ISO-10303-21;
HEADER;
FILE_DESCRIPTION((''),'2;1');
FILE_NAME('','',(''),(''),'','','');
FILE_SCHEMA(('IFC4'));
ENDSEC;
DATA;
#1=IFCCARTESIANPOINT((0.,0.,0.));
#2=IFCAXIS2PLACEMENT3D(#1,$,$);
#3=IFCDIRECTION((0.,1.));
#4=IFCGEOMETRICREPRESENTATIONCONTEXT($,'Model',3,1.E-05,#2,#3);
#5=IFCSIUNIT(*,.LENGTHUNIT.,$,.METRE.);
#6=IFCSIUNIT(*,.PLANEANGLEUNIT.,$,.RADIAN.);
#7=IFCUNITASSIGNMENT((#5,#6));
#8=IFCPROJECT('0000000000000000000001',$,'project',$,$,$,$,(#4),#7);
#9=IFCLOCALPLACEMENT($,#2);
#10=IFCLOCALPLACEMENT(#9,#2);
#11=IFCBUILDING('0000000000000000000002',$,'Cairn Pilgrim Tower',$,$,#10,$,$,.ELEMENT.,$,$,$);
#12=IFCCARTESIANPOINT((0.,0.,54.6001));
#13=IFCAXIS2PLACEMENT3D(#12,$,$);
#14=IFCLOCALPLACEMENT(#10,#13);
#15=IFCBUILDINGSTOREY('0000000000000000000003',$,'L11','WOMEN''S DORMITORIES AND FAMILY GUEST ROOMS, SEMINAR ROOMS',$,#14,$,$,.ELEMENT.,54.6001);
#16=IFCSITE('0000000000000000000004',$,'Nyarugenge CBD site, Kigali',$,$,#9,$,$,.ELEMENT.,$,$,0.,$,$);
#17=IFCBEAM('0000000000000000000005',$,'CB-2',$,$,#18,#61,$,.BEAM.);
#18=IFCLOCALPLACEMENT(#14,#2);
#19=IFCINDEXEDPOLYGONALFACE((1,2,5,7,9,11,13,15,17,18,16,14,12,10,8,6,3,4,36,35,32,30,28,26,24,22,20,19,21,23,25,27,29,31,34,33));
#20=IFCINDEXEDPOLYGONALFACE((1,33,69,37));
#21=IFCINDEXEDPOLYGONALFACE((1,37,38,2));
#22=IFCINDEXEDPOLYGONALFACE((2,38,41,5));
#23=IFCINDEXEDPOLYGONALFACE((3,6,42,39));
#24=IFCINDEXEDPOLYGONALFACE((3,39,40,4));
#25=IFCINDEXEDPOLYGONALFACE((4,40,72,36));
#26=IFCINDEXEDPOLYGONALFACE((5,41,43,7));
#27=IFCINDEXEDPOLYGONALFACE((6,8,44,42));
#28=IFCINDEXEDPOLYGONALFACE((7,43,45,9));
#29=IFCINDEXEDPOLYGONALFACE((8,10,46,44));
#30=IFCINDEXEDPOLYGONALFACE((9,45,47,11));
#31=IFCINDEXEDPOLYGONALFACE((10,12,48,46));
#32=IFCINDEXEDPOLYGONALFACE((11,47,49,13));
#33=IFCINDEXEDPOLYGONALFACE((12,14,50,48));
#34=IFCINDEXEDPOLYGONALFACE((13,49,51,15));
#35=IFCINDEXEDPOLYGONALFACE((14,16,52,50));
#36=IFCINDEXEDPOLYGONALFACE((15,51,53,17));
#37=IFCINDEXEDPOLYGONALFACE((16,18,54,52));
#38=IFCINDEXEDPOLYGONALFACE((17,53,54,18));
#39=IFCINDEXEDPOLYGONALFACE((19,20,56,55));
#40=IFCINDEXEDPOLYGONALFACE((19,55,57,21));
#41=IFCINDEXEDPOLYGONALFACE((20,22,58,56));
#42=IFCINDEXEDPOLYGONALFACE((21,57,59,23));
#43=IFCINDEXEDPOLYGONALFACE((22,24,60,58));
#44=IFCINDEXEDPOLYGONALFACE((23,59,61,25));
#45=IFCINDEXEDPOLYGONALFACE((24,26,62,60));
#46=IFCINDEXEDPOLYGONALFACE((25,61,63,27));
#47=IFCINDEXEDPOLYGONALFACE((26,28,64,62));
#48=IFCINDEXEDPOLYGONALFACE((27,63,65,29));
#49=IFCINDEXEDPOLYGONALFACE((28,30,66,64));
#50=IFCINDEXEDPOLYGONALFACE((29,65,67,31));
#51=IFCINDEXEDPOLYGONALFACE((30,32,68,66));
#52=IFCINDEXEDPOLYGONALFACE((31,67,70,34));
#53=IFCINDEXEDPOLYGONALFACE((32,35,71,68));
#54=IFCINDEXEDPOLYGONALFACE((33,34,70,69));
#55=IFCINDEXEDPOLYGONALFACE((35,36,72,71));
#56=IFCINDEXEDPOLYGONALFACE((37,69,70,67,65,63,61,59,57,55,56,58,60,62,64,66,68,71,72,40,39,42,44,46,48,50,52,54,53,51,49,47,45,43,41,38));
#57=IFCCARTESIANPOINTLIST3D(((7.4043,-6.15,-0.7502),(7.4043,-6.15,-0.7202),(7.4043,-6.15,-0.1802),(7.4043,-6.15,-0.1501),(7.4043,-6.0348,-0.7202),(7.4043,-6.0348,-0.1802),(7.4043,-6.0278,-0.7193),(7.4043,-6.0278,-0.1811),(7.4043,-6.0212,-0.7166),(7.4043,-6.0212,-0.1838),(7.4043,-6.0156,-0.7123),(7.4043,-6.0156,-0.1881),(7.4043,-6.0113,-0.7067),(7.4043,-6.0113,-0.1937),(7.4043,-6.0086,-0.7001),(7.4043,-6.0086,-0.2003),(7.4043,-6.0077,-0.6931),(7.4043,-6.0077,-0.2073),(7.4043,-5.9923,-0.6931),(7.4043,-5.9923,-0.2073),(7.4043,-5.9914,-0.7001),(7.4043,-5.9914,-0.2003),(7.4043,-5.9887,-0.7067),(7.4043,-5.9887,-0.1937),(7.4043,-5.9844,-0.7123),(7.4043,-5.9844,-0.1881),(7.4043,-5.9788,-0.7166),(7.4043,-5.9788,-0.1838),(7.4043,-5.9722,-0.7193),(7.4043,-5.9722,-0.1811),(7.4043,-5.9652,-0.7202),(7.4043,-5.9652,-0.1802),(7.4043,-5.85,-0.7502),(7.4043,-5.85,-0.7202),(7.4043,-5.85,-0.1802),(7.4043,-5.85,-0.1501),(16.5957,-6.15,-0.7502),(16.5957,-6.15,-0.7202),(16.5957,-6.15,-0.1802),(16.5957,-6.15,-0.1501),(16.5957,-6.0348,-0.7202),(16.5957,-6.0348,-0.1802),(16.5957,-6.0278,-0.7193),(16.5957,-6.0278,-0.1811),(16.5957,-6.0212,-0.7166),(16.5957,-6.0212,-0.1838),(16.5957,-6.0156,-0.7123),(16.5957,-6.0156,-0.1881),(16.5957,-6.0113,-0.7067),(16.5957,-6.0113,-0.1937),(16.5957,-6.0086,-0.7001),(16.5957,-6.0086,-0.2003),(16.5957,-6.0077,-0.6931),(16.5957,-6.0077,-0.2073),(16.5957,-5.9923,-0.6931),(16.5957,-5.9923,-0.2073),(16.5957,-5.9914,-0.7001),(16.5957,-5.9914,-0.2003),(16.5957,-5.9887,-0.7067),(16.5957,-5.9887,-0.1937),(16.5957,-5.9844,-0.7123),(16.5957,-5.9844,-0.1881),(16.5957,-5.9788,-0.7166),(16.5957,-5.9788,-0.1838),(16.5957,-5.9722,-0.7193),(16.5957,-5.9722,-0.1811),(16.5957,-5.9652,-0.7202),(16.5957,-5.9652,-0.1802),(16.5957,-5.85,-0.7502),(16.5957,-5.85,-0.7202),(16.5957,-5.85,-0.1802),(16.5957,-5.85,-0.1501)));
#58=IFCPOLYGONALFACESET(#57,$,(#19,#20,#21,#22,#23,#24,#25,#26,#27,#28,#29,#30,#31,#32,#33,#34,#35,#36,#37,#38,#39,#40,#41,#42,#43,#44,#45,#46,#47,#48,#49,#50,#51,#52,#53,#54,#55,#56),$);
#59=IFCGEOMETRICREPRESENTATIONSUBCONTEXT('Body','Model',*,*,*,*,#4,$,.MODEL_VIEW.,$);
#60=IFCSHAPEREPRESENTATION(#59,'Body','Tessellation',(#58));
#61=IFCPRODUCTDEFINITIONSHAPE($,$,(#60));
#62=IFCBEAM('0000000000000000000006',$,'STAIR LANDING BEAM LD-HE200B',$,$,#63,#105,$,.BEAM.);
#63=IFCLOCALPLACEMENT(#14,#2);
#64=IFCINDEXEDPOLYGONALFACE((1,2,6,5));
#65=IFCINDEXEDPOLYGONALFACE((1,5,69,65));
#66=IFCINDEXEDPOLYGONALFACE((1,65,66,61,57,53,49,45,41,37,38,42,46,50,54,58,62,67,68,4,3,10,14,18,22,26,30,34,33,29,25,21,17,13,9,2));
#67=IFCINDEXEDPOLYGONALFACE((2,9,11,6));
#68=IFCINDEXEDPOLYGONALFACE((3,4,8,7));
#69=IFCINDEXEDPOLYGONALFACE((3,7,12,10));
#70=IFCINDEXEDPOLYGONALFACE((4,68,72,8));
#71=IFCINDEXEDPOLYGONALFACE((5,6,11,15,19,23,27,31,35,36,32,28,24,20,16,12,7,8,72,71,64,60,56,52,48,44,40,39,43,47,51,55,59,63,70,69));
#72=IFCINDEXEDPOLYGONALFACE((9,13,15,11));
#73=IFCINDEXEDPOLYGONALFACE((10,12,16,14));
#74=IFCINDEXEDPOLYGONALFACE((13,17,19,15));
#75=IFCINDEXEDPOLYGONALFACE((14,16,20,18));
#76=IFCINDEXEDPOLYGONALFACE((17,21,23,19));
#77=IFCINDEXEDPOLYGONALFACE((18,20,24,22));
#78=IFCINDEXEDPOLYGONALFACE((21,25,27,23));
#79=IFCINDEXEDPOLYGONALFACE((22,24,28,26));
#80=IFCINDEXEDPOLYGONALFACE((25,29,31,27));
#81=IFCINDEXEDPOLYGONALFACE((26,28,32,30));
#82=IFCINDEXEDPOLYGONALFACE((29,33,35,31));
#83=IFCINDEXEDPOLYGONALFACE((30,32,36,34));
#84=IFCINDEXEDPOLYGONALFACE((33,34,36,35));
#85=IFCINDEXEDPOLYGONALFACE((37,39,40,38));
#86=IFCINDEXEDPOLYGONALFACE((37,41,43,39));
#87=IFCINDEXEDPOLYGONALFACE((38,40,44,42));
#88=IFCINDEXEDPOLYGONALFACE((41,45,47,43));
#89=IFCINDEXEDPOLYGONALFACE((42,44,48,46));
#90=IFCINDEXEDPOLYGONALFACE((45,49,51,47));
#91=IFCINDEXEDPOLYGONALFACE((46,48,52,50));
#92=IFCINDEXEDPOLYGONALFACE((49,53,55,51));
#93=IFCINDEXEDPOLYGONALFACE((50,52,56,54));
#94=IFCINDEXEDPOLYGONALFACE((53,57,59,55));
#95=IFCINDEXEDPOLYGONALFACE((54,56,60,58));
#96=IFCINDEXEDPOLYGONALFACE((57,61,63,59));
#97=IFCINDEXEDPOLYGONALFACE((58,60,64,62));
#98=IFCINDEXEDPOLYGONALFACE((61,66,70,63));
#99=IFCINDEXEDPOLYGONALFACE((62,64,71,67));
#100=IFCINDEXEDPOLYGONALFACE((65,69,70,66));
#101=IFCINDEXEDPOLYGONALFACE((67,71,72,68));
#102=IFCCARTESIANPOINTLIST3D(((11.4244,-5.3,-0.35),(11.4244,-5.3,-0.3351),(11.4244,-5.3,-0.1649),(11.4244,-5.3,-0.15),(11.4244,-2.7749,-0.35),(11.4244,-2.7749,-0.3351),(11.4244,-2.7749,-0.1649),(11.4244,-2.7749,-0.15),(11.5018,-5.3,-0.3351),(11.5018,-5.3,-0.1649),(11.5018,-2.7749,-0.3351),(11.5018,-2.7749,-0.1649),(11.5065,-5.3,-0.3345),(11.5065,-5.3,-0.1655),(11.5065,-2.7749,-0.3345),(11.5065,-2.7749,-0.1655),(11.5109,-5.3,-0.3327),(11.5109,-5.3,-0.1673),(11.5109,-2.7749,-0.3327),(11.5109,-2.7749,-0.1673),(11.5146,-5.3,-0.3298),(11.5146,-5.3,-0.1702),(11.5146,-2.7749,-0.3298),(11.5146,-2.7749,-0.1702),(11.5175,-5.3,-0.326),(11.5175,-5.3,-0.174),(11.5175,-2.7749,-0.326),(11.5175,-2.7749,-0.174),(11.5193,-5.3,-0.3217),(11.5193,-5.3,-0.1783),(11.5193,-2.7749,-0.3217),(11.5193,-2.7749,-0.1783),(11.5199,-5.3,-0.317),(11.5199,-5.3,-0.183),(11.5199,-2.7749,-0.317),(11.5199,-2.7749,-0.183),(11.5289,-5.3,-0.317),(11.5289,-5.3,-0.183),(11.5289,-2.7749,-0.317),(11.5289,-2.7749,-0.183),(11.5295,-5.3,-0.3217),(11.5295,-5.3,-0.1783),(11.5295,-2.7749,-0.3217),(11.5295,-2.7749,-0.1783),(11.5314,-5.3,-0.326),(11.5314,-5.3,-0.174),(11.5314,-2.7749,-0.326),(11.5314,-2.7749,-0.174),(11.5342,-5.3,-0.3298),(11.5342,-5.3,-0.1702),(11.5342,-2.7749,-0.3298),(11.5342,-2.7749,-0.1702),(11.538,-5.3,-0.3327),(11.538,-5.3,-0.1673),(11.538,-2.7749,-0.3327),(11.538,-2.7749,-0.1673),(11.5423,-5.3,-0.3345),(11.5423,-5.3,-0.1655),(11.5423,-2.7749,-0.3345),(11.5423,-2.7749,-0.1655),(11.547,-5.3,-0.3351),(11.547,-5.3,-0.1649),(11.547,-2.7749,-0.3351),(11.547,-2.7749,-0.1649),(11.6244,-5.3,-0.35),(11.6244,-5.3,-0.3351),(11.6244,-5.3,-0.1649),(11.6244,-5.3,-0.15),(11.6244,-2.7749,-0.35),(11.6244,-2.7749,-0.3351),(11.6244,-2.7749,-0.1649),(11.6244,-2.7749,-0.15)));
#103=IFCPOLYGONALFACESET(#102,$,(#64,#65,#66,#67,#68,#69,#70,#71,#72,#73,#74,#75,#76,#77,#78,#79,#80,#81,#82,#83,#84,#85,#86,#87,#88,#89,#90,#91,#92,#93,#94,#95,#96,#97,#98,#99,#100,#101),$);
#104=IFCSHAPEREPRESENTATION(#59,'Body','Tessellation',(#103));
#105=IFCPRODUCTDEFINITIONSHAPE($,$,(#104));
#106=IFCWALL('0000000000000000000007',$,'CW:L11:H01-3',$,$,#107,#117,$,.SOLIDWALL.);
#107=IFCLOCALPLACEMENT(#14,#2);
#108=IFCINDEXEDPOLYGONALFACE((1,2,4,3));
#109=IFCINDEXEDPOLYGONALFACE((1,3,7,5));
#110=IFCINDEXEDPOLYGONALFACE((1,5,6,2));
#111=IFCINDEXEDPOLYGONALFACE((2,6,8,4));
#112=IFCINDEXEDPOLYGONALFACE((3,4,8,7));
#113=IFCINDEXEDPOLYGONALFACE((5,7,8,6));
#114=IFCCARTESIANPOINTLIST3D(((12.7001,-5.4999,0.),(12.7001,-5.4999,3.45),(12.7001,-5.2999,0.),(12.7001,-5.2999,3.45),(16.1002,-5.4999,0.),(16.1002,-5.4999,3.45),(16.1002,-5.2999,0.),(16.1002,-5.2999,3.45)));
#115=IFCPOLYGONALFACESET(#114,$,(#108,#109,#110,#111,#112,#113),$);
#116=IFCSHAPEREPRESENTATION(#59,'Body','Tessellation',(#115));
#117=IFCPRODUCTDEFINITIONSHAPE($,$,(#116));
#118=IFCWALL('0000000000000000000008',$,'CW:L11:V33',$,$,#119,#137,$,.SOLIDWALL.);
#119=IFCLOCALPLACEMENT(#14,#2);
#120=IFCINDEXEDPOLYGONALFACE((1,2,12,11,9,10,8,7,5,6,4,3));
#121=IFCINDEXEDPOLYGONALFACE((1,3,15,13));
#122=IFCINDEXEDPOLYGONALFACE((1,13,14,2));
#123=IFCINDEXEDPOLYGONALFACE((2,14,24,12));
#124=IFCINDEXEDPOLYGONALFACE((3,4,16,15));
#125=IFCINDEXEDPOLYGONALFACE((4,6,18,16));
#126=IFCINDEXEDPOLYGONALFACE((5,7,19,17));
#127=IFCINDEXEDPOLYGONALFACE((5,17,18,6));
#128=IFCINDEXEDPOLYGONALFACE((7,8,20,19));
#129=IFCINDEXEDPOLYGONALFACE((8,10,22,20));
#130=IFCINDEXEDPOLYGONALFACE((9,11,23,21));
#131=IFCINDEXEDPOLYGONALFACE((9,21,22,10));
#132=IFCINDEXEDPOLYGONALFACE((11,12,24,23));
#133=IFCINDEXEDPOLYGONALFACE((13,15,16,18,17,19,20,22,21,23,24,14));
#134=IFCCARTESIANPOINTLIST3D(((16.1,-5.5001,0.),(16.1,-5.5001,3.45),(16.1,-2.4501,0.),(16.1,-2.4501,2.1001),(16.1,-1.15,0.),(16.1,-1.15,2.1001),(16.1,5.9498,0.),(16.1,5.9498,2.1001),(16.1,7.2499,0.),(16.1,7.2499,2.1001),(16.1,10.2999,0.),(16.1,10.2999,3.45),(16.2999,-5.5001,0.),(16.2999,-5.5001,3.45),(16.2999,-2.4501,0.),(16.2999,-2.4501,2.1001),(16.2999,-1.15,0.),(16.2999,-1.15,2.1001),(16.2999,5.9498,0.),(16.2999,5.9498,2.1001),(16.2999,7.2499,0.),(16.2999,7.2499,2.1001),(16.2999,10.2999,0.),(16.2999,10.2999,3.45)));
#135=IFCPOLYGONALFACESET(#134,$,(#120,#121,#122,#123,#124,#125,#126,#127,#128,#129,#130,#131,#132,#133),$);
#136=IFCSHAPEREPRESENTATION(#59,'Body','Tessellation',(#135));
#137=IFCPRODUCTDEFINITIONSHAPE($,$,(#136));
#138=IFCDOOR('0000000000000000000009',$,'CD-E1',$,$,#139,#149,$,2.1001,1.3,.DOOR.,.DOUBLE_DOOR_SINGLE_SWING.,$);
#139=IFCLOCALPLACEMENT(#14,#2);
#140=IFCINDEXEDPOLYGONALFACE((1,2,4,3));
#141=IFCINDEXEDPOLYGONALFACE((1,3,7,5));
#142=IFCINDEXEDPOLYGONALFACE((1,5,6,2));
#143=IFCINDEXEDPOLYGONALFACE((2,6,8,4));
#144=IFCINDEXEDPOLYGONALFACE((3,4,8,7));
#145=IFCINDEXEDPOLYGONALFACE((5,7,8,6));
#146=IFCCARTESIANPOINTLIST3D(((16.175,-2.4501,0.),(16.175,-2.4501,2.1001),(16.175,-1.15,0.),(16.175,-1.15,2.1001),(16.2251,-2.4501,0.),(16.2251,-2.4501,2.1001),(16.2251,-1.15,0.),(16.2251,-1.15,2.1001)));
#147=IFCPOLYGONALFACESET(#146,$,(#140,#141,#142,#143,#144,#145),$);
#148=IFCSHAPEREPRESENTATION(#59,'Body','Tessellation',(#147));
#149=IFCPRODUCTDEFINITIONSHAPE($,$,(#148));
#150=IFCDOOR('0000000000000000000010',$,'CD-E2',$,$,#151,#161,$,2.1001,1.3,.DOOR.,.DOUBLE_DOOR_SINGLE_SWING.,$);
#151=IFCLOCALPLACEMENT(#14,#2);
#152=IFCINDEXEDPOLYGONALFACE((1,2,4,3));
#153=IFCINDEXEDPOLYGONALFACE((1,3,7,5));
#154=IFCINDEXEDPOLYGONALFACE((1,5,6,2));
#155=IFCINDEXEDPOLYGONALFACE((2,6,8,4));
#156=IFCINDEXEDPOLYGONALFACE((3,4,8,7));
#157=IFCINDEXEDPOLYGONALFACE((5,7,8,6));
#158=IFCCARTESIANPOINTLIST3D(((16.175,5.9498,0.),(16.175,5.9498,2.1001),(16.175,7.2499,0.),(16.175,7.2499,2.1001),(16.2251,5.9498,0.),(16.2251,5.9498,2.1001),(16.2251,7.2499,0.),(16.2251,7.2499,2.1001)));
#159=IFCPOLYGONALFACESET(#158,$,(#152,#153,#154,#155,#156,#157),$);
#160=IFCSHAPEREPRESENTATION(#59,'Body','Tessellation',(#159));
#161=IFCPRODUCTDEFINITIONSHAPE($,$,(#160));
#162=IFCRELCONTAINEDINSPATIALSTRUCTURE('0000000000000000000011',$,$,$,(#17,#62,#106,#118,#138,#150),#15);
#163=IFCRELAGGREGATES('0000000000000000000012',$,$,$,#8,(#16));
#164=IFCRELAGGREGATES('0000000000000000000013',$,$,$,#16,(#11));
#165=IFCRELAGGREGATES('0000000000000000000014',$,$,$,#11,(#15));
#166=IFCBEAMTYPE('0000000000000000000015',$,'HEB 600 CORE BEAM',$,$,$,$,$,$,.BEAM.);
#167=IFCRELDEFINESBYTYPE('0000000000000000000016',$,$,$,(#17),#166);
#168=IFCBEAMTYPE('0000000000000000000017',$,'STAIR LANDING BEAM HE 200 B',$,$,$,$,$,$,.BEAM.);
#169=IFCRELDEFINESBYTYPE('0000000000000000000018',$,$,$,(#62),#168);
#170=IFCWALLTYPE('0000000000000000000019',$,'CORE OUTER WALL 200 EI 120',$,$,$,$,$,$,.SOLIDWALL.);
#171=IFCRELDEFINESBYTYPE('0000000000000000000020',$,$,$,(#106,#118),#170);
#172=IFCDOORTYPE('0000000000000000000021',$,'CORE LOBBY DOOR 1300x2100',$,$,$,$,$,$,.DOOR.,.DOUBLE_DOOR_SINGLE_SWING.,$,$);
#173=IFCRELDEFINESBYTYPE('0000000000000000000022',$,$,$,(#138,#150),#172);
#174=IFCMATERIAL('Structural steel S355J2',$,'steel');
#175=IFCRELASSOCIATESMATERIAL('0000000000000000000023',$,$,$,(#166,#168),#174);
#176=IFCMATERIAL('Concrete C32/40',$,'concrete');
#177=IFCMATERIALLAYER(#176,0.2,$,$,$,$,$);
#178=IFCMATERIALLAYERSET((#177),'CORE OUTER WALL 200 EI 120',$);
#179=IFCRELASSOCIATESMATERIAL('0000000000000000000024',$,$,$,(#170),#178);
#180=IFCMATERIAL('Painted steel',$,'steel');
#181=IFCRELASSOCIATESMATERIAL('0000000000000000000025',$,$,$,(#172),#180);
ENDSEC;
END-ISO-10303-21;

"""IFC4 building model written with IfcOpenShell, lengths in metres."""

from ifc_helpers import new_model, si_unit, direction, frame, frame_2d, origin, origin_2d, place, context, subcontext, project, spatial, rectangle, i_section, extrude, material, layer, layer_set, material_profile, profile_set, type_object, element, fill, save


model = new_model("IFC4")

# Units and contexts
model_context = context("Model", 3, precision=1e-05, world=origin(), true_north=direction((0.0, 1.0)))
body_context = subcontext(model_context, "Body", "Model", "MODEL_VIEW")
ifc_project = project(units=[si_unit("LENGTHUNIT", "METRE"), si_unit("PLANEANGLEUNIT", "RADIAN")], contexts=[model_context])

# Site, building, storey
site_placement = place(None, origin())
site = spatial("IfcSite", under=ifc_project, at=site_placement, Name="Nyarugenge CBD site, Kigali", CompositionType="ELEMENT", RefElevation=0.0)
building_placement = place(site_placement, origin())
building = spatial("IfcBuilding", under=site, at=building_placement, Name="Cairn Pilgrim Tower", CompositionType="ELEMENT")
storey_placement = place(building_placement, frame((0.0, 0.0, 54.6001)))
storey = spatial("IfcBuildingStorey", under=building, at=storey_placement, Name="L11", Description="WOMEN'S DORMITORIES AND FAMILY GUEST ROOMS, SEMINAR ROOMS", CompositionType="ELEMENT", Elevation=54.6001)

# Beams
ifc_material_1 = material(Name="Structural steel S355J2", Category="steel")
ifc_material_profile_1 = material_profile(ifc_material_1, i_section(OverallWidth=0.3, OverallDepth=0.6001, WebThickness=0.0154, FlangeThickness=0.03, FilletRadius=0.0271, at=origin_2d()), Name="HEB 600")
ifc_profile_set_1 = profile_set([ifc_material_profile_1], Name="Structural steel S355J2")
beam_type_1 = type_object("IfcBeamType", Name="HEB 600 CORE BEAM", PredefinedType="BEAM", material=ifc_profile_set_1)
beam_1_placement = place(storey_placement, frame((7.4043, -6.0, -0.4502), z_axis=(1.0, 0.0, 0.0), x_axis=(0.0, 1.0, 0.0)))
element("IfcBeam", 1, at=beam_1_placement, inside=storey, type_object=beam_type_1, Name="CB-2", PredefinedType="BEAM", context=body_context, shape_type="SweptSolid", body=[
    extrude(i_section(OverallWidth=0.3, OverallDepth=0.6001, WebThickness=0.0154, FlangeThickness=0.03, FilletRadius=0.0271, at=origin_2d()), origin(), (0.0, 0.0, 1.0), 9.1914),
])
ifc_material_profile_2 = material_profile(ifc_material_1, i_section(OverallWidth=0.2, OverallDepth=0.2, WebThickness=0.009, FlangeThickness=0.0149, FilletRadius=0.0181, at=origin_2d()), Name="HE 200 B")
ifc_profile_set_2 = profile_set([ifc_material_profile_2], Name="Structural steel S355J2")
beam_type_2 = type_object("IfcBeamType", Name="STAIR LANDING BEAM HE 200 B", PredefinedType="BEAM", material=ifc_profile_set_2)
beam_2_placement = place(storey_placement, frame((11.5244, -2.7749, -0.25), z_axis=(0.0, -1.0, 0.0), x_axis=(1.0, 0.0, 0.0)))
element("IfcBeam", 2, at=beam_2_placement, inside=storey, type_object=beam_type_2, Name="STAIR LANDING BEAM LD-HE200B", PredefinedType="BEAM", context=body_context, shape_type="SweptSolid", body=[
    extrude(i_section(OverallWidth=0.2, OverallDepth=0.2, WebThickness=0.009, FlangeThickness=0.0149, FilletRadius=0.0181, at=origin_2d()), origin(), (0.0, 0.0, 1.0), 2.5251),
])

# Wall
ifc_material_2 = material(Name="Concrete C32/40", Category="concrete")
ifc_layer_1 = layer(ifc_material_2, 0.2)
ifc_layer_set_1 = layer_set([ifc_layer_1], Name="CORE OUTER WALL 200 EI 120")
wall_type_1 = type_object("IfcWallType", Name="CORE OUTER WALL 200 EI 120", PredefinedType="SOLIDWALL", material=ifc_layer_set_1)
wall_1_placement = place(storey_placement, frame((12.7, -5.3999, 0.0), z_axis=(0.0, 0.0, 1.0), x_axis=(1.0, 0.0, 0.0)))
element("IfcWall", 3, at=wall_1_placement, inside=storey, type_object=wall_type_1, Name="CW:L11:H01-3", PredefinedType="SOLIDWALL", context=body_context, shape_type="SweptSolid", body=[
    extrude(rectangle(XDim=3.4001, YDim=0.2, at=frame_2d((1.7002, 0.0))), origin(), (0.0, 0.0, 1.0), 3.45),
])

# Wall, openings, doors
wall_2_placement = place(storey_placement, frame((16.2, -5.5, 0.0), z_axis=(0.0, 0.0, 1.0), x_axis=(0.0, 1.0, 0.0)))
wall_2 = element("IfcWall", 4, at=wall_2_placement, inside=storey, type_object=wall_type_1, Name="CW:L11:V33", PredefinedType="SOLIDWALL", context=body_context, shape_type="SweptSolid", body=[
    extrude(rectangle(XDim=15.8, YDim=0.2, at=frame_2d((7.8999, 0.0))), origin(), (0.0, 0.0, 1.0), 3.45),
])
opening_1_placement = place(wall_2_placement, frame((3.05, 0.0, 0.0)))
opening_1 = element("IfcOpeningElement", 5, at=opening_1_placement, cuts=wall_2, PredefinedType="OPENING", context=body_context, shape_type="SweptSolid", body=[
    extrude(rectangle(XDim=1.3, YDim=2.1001, at=frame_2d((0.6499, 1.05))), frame((0.0, 0.1099, 0.0), z_axis=(0.0, -1.0, 0.0), x_axis=(1.0, 0.0, 0.0)), (0.0, 0.0, 1.0), 0.22),
])
opening_2_placement = place(wall_2_placement, frame((11.45, 0.0, 0.0)))
opening_2 = element("IfcOpeningElement", 6, at=opening_2_placement, cuts=wall_2, PredefinedType="OPENING", context=body_context, shape_type="SweptSolid", body=[
    extrude(rectangle(XDim=1.3, YDim=2.1001, at=frame_2d((0.6499, 1.05))), frame((0.0, 0.1099, 0.0), z_axis=(0.0, -1.0, 0.0), x_axis=(1.0, 0.0, 0.0)), (0.0, 0.0, 1.0), 0.22),
])
ifc_material_3 = material(Name="Painted steel", Category="steel")
door_type_1 = type_object("IfcDoorType", Name="CORE LOBBY DOOR 1300x2100", OperationType="DOUBLE_DOOR_SINGLE_SWING", PredefinedType="DOOR", material=ifc_material_3)
door_1_placement = place(opening_1_placement, origin())
door_1 = element("IfcDoor", 7, at=door_1_placement, inside=storey, type_object=door_type_1, Name="CD-E1", OperationType="DOUBLE_DOOR_SINGLE_SWING", OverallHeight=2.1001, OverallWidth=1.3, PredefinedType="DOOR", context=body_context, shape_type="SweptSolid", body=[
    extrude(rectangle(XDim=1.3, YDim=2.1001, at=frame_2d((0.6499, 1.05))), frame((0.0, 0.0249, 0.0), z_axis=(0.0, -1.0, 0.0), x_axis=(1.0, 0.0, 0.0)), (0.0, 0.0, 1.0), 0.05),
])
fill(opening_1, door_1)
door_2_placement = place(opening_2_placement, origin())
door_2 = element("IfcDoor", 8, at=door_2_placement, inside=storey, type_object=door_type_1, Name="CD-E2", OperationType="DOUBLE_DOOR_SINGLE_SWING", OverallHeight=2.1001, OverallWidth=1.3, PredefinedType="DOOR", context=body_context, shape_type="SweptSolid", body=[
    extrude(rectangle(XDim=1.3, YDim=2.1001, at=frame_2d((0.6499, 1.05))), frame((0.0, 0.0249, 0.0), z_axis=(0.0, -1.0, 0.0), x_axis=(1.0, 0.0, 0.0)), (0.0, 0.0, 1.0), 0.05),
])
fill(opening_2, door_2)

save(model, "model.ifc")
